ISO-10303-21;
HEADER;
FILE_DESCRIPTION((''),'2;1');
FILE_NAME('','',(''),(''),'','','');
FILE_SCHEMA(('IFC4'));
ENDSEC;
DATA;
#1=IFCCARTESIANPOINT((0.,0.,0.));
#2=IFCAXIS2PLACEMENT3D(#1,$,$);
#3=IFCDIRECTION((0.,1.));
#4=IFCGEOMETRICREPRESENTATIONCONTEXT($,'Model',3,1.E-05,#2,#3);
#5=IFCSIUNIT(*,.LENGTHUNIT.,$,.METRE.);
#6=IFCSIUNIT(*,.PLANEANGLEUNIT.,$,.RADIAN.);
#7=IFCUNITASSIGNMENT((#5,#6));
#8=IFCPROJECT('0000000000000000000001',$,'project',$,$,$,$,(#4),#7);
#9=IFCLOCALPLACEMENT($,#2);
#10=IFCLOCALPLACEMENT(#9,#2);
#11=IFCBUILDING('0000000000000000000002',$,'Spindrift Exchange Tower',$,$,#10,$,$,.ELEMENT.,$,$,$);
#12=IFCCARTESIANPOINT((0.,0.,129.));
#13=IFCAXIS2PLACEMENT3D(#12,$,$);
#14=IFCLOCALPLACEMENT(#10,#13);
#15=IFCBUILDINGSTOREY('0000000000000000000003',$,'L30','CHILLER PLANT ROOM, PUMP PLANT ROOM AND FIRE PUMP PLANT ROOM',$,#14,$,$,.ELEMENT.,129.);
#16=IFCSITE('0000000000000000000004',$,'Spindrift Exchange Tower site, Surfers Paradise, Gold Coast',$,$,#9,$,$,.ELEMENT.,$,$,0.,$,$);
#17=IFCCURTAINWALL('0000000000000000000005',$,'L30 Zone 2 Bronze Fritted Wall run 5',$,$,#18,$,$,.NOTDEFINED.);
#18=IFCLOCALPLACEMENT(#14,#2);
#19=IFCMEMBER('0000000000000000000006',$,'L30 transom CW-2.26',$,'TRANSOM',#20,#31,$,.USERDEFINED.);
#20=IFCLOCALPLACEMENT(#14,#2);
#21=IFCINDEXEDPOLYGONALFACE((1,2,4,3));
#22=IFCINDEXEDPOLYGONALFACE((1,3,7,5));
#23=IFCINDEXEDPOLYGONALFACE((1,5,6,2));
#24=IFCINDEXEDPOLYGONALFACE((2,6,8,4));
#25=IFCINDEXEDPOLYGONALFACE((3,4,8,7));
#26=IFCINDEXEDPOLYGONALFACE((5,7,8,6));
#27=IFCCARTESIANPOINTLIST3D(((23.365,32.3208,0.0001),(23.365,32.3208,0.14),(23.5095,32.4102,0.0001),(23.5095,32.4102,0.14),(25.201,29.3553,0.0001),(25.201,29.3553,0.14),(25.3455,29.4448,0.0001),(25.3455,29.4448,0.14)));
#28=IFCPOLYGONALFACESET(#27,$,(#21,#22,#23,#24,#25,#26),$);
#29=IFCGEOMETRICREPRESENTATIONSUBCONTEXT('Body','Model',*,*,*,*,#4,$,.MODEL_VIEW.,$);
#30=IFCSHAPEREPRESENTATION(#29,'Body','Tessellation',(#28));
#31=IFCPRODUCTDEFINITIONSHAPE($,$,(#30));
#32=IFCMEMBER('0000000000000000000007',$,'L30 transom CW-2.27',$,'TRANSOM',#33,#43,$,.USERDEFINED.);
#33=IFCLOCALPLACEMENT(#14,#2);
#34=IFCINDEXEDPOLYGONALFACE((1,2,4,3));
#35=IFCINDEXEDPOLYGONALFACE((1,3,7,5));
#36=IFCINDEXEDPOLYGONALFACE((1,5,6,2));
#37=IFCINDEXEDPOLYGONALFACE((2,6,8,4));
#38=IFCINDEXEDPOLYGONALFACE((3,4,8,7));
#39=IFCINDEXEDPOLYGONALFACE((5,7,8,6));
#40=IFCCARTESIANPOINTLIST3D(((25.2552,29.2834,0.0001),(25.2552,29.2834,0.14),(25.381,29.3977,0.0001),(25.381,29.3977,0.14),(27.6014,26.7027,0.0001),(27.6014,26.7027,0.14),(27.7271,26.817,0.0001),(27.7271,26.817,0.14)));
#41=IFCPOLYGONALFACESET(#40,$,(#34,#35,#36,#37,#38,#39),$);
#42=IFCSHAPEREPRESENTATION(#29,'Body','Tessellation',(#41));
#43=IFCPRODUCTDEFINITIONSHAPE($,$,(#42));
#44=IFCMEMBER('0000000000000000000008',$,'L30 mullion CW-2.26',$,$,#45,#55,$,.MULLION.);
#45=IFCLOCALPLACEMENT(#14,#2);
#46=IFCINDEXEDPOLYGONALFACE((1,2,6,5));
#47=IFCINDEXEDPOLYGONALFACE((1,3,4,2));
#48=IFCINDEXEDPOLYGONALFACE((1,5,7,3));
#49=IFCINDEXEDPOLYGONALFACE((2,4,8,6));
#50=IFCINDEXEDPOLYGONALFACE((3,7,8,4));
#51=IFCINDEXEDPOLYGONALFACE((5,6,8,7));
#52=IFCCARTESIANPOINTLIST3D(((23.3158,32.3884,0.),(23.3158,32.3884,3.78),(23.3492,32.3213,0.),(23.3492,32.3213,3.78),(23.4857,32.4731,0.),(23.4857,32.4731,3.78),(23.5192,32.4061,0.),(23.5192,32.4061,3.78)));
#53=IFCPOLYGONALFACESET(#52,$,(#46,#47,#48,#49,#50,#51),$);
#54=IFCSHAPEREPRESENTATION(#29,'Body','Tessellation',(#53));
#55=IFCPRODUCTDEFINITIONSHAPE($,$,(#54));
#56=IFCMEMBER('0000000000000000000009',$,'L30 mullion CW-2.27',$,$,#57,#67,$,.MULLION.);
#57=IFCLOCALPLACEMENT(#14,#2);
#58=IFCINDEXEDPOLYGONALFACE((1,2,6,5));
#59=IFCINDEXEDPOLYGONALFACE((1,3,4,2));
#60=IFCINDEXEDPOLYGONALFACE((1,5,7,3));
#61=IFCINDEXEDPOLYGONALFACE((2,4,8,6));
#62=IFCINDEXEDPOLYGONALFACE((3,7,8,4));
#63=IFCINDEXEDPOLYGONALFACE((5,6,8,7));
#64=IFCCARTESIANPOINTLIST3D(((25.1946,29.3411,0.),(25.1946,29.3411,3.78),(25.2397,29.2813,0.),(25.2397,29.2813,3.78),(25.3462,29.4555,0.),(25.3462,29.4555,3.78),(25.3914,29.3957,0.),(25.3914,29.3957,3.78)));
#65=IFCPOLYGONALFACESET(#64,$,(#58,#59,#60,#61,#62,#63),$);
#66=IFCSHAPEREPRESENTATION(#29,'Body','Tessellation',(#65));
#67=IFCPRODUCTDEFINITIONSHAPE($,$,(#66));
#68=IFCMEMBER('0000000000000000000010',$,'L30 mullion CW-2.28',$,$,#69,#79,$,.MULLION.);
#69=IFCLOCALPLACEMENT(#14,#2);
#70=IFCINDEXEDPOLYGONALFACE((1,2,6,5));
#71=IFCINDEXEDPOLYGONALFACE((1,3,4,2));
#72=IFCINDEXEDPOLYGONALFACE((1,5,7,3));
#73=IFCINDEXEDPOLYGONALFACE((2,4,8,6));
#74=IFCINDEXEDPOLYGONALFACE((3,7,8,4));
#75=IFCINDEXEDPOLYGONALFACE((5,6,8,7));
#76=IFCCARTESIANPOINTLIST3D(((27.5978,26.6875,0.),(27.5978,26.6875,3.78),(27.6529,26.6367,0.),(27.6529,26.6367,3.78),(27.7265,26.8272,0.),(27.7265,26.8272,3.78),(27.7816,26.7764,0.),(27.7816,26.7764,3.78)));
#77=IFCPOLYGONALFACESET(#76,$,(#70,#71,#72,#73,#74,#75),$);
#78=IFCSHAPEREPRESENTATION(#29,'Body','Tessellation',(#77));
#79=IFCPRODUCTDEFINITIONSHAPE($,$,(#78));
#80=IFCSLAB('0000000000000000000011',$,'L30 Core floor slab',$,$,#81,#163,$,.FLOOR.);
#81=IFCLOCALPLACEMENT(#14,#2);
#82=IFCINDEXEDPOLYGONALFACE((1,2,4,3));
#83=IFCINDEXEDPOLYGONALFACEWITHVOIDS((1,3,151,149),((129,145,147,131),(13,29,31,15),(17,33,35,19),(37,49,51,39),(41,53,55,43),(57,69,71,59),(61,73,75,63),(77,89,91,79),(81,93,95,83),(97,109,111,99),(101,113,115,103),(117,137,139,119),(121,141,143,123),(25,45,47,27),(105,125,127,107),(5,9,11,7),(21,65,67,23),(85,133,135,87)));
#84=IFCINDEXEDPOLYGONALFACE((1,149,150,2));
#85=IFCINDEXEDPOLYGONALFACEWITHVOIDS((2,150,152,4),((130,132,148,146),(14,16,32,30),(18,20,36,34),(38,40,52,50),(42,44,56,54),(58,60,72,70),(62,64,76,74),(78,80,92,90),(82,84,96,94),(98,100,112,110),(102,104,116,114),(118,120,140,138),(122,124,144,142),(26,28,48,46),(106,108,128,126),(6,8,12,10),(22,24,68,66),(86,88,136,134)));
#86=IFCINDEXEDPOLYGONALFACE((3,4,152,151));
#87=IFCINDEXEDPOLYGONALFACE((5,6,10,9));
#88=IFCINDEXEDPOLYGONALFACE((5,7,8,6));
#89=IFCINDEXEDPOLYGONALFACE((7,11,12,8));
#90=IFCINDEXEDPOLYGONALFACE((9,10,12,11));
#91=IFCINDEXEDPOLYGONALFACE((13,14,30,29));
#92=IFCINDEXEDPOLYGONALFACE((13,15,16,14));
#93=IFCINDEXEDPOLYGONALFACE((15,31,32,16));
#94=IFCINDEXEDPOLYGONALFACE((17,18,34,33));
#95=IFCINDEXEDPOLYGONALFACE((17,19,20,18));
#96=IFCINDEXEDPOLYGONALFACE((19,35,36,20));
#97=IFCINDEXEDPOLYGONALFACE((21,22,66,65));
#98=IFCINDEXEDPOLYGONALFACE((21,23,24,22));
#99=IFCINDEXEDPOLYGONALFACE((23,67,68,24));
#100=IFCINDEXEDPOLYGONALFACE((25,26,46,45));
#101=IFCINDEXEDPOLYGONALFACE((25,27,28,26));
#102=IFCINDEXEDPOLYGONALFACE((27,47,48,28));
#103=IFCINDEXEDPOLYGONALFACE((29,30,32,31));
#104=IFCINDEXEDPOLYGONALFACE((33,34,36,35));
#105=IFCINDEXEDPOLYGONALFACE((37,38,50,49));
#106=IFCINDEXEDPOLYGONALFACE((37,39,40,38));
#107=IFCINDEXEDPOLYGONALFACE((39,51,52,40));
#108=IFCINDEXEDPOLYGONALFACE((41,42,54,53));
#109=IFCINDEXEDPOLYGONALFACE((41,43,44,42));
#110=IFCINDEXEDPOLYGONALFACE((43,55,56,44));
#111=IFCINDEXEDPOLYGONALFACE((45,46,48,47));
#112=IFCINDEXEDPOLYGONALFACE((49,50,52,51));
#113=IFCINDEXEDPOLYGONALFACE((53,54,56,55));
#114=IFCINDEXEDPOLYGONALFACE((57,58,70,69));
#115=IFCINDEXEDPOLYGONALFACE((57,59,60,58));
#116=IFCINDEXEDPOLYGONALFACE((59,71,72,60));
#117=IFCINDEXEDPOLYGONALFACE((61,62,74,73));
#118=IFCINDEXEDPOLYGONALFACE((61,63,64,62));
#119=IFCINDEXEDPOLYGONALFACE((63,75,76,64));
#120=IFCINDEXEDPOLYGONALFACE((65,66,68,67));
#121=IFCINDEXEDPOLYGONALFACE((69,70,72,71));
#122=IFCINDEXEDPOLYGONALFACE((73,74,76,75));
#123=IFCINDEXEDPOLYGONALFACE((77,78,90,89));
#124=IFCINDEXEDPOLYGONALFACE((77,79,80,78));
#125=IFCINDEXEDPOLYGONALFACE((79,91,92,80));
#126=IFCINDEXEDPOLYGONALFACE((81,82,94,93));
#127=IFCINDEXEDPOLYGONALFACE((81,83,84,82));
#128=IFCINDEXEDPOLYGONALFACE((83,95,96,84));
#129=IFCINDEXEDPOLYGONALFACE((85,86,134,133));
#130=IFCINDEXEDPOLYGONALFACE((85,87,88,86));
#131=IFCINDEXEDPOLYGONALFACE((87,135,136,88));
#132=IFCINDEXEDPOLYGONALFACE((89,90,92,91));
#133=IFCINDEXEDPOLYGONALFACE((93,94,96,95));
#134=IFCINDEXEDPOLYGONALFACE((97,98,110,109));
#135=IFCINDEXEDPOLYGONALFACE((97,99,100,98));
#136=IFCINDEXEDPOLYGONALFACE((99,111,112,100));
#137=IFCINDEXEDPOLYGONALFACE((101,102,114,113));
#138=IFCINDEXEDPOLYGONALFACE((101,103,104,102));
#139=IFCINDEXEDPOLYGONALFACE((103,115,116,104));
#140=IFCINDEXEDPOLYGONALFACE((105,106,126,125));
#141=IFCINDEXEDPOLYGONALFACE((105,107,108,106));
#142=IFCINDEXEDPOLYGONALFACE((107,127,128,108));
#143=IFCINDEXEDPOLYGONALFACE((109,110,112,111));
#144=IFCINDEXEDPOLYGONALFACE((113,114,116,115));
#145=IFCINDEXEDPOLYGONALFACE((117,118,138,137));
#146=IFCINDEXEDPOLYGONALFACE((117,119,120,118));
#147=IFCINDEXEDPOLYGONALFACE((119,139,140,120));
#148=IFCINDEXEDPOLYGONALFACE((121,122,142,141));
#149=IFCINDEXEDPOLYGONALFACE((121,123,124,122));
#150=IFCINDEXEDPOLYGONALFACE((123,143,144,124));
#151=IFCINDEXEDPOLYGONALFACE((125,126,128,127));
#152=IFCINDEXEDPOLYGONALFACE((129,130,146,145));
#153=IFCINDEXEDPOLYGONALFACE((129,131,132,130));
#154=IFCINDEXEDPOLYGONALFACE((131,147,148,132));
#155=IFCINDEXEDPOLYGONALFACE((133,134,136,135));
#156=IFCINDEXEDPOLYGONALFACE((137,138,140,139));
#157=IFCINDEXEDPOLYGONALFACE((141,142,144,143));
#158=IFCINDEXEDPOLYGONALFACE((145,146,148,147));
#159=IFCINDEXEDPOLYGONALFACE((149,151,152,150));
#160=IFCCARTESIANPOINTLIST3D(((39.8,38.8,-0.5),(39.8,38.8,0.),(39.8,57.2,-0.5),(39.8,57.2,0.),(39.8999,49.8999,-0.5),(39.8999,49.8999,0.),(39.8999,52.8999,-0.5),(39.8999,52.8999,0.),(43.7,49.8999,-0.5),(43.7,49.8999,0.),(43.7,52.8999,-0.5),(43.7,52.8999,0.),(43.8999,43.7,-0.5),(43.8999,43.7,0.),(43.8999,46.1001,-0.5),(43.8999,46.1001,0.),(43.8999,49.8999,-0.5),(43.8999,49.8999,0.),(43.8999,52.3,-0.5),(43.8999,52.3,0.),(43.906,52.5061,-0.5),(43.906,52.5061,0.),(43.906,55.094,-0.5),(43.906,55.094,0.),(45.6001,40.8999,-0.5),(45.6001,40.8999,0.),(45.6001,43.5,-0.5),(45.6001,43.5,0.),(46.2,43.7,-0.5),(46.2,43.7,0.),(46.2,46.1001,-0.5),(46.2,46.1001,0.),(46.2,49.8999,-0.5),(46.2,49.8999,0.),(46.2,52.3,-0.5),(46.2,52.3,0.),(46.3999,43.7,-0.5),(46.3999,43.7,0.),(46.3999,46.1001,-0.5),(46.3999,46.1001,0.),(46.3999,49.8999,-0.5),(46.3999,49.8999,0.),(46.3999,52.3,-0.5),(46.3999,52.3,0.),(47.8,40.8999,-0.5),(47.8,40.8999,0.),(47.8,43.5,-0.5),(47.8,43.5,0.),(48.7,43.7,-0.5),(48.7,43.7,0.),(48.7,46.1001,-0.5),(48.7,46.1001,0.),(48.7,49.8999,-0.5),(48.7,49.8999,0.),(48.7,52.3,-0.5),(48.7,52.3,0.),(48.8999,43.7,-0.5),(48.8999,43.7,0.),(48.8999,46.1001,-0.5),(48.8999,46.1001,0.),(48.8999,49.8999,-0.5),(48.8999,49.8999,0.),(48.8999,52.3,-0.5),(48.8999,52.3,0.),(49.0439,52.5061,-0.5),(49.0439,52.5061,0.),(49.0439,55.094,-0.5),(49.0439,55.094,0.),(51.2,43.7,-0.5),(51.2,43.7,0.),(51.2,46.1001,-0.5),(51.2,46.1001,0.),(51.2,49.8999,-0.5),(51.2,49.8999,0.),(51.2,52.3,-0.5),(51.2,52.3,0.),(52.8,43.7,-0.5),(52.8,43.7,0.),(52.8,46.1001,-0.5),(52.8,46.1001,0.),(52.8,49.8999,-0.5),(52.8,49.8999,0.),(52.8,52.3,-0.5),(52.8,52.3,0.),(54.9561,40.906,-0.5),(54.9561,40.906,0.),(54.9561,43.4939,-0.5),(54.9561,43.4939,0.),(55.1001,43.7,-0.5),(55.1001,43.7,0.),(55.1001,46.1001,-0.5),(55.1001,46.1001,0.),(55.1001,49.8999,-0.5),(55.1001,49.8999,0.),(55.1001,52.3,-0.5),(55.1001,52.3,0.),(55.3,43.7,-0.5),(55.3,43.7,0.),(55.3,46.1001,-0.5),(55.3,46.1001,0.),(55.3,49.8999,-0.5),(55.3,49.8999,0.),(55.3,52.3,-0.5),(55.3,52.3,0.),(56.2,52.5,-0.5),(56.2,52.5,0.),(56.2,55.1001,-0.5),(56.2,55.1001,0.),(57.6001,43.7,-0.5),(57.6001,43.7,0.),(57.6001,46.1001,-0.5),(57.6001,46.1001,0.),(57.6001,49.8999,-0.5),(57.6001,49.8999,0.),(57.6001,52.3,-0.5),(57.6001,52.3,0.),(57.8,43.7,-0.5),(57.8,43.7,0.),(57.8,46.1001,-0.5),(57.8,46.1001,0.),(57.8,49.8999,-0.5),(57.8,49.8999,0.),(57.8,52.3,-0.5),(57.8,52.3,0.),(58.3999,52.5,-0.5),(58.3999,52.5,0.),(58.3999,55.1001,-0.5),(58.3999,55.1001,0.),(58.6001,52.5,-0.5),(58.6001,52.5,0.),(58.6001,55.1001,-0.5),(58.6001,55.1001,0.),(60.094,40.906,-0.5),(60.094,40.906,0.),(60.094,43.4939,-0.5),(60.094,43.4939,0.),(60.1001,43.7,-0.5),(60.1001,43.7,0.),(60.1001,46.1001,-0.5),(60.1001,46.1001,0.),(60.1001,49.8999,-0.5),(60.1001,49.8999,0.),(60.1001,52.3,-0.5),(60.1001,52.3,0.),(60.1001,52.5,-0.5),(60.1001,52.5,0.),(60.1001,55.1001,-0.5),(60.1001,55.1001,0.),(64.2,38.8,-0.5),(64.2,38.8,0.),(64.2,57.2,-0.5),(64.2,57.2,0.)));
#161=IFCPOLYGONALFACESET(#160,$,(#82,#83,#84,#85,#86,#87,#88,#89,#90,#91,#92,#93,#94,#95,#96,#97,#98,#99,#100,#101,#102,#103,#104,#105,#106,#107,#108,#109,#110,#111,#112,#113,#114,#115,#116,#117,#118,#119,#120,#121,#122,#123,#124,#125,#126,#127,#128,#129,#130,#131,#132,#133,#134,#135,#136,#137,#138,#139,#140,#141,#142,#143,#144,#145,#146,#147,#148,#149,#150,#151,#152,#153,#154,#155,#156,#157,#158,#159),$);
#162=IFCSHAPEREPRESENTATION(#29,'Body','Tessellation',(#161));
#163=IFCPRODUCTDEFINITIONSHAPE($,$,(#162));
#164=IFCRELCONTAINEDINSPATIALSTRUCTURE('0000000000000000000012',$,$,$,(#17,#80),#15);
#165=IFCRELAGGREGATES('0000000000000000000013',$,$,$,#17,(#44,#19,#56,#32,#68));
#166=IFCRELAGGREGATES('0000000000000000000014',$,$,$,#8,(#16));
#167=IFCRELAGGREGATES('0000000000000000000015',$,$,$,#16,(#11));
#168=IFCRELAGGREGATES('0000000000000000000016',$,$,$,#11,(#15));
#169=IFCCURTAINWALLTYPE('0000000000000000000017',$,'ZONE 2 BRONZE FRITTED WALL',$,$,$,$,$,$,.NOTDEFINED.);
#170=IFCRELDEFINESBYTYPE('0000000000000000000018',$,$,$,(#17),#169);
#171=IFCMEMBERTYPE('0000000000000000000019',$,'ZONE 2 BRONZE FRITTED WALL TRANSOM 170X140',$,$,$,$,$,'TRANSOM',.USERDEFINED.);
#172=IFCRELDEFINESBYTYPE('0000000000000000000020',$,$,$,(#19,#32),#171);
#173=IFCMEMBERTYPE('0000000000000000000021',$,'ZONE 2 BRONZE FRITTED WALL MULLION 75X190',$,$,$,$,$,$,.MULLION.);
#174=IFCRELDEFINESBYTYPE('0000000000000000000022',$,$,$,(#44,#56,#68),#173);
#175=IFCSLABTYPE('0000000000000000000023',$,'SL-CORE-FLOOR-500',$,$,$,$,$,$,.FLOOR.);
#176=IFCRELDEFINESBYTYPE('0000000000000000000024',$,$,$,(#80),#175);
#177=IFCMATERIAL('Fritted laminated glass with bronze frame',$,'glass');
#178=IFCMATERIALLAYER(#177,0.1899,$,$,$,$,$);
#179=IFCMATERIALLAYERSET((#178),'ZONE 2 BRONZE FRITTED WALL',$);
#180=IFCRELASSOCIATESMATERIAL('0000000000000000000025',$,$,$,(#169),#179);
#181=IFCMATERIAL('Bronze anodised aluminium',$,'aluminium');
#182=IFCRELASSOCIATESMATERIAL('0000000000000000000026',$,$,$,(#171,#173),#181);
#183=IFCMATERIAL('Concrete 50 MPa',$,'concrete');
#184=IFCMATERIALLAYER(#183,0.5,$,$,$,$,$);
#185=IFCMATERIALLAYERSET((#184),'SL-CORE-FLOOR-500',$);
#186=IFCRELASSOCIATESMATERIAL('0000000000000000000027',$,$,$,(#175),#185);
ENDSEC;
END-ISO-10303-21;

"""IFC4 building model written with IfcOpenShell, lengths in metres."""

from ifc_helpers import new_model, si_unit, direction, frame, origin, origin_2d, place, context, subcontext, project, spatial, line, indexed_curve, rectangle, outline, extrude, source, transform, mapped, material, layer, layer_set, material_profile, profile_set, type_object, element, aggregate, save


model = new_model("IFC4")

# Units and contexts
model_context = context("Model", 3, precision=1e-05, world=origin(), true_north=direction((0.0, 1.0)))
body_context = subcontext(model_context, "Body", "Model", "MODEL_VIEW")
ifc_project = project(units=[si_unit("LENGTHUNIT", "METRE"), si_unit("PLANEANGLEUNIT", "RADIAN")], contexts=[model_context])

# Site, building, storey
site_placement = place(None, origin())
site = spatial("IfcSite", under=ifc_project, at=site_placement, Name="Spindrift Exchange Tower site, Surfers Paradise, Gold Coast", CompositionType="ELEMENT", RefElevation=0.0)
building_placement = place(site_placement, origin())
building = spatial("IfcBuilding", under=site, at=building_placement, Name="Spindrift Exchange Tower", CompositionType="ELEMENT")
storey_placement = place(building_placement, frame((0.0, 0.0, 129.0)))
storey = spatial("IfcBuildingStorey", under=building, at=storey_placement, Name="L30", Description="CHILLER PLANT ROOM, PUMP PLANT ROOM AND FIRE PUMP PLANT ROOM", CompositionType="ELEMENT", Elevation=129.0)

# Curtain wall, members
ifc_material_1 = material(Name="Fritted laminated glass with bronze frame", Category="glass")
ifc_layer_1 = layer(ifc_material_1, 0.1899)
ifc_layer_set_1 = layer_set([ifc_layer_1], Name="ZONE 2 BRONZE FRITTED WALL")
curtain_wall_type = type_object("IfcCurtainWallType", Name="ZONE 2 BRONZE FRITTED WALL", PredefinedType="NOTDEFINED", material=ifc_layer_set_1)
curtain_wall_placement = place(storey_placement, origin())
curtain_wall = element("IfcCurtainWall", 1, at=curtain_wall_placement, inside=storey, type_object=curtain_wall_type, Name="L30 Zone 2 Bronze Fritted Wall run 5", PredefinedType="NOTDEFINED")
ifc_material_2 = material(Name="Bronze anodised aluminium", Category="aluminium")
ifc_material_profile_1 = material_profile(ifc_material_2, rectangle(XDim=0.1699, YDim=0.1399, at=origin_2d()), Name="ZONE 2 BRONZE FRITTED WALL TRANSOM 170X140")
ifc_profile_set_1 = profile_set([ifc_material_profile_1], Name="Bronze anodised aluminium")
member_type_1 = type_object("IfcMemberType", Name="ZONE 2 BRONZE FRITTED WALL TRANSOM 170X140", ElementType="TRANSOM", PredefinedType="USERDEFINED", material=ifc_profile_set_1)
shared_shape_1 = source(origin(), body_context, "Body", "SweptSolid", [
    extrude(rectangle(XDim=0.1699, YDim=0.1399, at=origin_2d()), origin(), (0.0, 0.0, 1.0), 3.4878),
])
member_1_placement = place(storey_placement, frame((23.4373, 32.3655, 0.0701), z_axis=(0.526408, -0.850232, 0.0), x_axis=(0.850232, 0.526408, 0.0)))
member_1 = element("IfcMember", 2, at=member_1_placement, type_object=member_type_1, Name="L30 transom CW-2.26", ObjectType="TRANSOM", PredefinedType="USERDEFINED", context=body_context, shape_type="MappedRepresentation", body=[
    mapped(shared_shape_1, transform((0.0, 0.0, 0.0), scale=1.0)),
])
member_2_placement = place(storey_placement, frame((25.3181, 29.3406, 0.0701), z_axis=(0.672673, -0.73994, 0.0), x_axis=(0.73994, 0.672673, 0.0)))
member_2 = element("IfcMember", 3, at=member_2_placement, type_object=member_type_1, Name="L30 transom CW-2.27", ObjectType="TRANSOM", PredefinedType="USERDEFINED", context=body_context, shape_type="MappedRepresentation", body=[
    mapped(shared_shape_1, transform((0.0, 0.0, 0.0), scale=1.0)),
])
ifc_material_profile_2 = material_profile(ifc_material_2, rectangle(XDim=0.075, YDim=0.1899, at=origin_2d()), Name="ZONE 2 BRONZE FRITTED WALL MULLION 75X190")
ifc_profile_set_2 = profile_set([ifc_material_profile_2], Name="Bronze anodised aluminium")
member_type_2 = type_object("IfcMemberType", Name="ZONE 2 BRONZE FRITTED WALL MULLION 75X190", PredefinedType="MULLION", material=ifc_profile_set_2)
shared_shape_2 = source(origin(), body_context, "Body", "SweptSolid", [
    extrude(rectangle(XDim=0.075, YDim=0.1899, at=origin_2d()), origin(), (0.0, 0.0, 1.0), 3.78),
])
member_3_placement = place(storey_placement, frame((23.4175, 32.3972, 0.0), z_axis=(0.0, 0.0, 1.0), x_axis=(0.446376, -0.894846, 0.0)))
member_3 = element("IfcMember", 4, at=member_3_placement, type_object=member_type_2, Name="L30 mullion CW-2.26", PredefinedType="MULLION", context=body_context, shape_type="MappedRepresentation", body=[
    mapped(shared_shape_2, transform((0.0, 0.0, 0.0), scale=1.0)),
])
member_4_placement = place(storey_placement, frame((25.293, 29.3684, 0.0), z_axis=(0.0, 0.0, 1.0), x_axis=(0.602084, -0.798433, 0.0)))
member_4 = element("IfcMember", 5, at=member_4_placement, type_object=member_type_2, Name="L30 mullion CW-2.27", PredefinedType="MULLION", context=body_context, shape_type="MappedRepresentation", body=[
    mapped(shared_shape_2, transform((0.0, 0.0, 0.0), scale=1.0)),
])
member_5_placement = place(storey_placement, frame((27.6897, 26.7319, 0.0), z_axis=(0.0, 0.0, 1.0), x_axis=(0.735203, -0.677847, 0.0)))
member_5 = element("IfcMember", 6, at=member_5_placement, type_object=member_type_2, Name="L30 mullion CW-2.28", PredefinedType="MULLION", context=body_context, shape_type="MappedRepresentation", body=[
    mapped(shared_shape_2, transform((0.0, 0.0, 0.0), scale=1.0)),
])

# Slab
ifc_material_3 = material(Name="Concrete 50 MPa", Category="concrete")
ifc_layer_2 = layer(ifc_material_3, 0.5)
ifc_layer_set_2 = layer_set([ifc_layer_2], Name="SL-CORE-FLOOR-500")
slab_type_1 = type_object("IfcSlabType", Name="SL-CORE-FLOOR-500", PredefinedType="FLOOR", material=ifc_layer_set_2)
slab_1_placement = place(storey_placement, frame((0.0, 0.0, -0.5)))
element("IfcSlab", 7, at=slab_1_placement, inside=storey, type_object=slab_type_1, Name="L30 Core floor slab", PredefinedType="FLOOR", context=body_context, shape_type="SweptSolid", body=[
    extrude(outline(indexed_curve([(39.8, 38.8), (39.8, 57.2), (64.2, 57.2), (64.2, 38.8)], segments=[line(1, 2, 3, 4, 1)], self_intersect=False), holes=[indexed_curve([(47.8, 43.5), (45.6001, 43.5), (45.6001, 40.8999), (47.8, 40.8999)], segments=[line(1, 2, 3, 4, 1)], self_intersect=False), indexed_curve([(46.2, 46.1001), (43.8999, 46.1001), (43.8999, 43.7), (46.2, 43.7)], segments=[line(1, 2, 3, 4, 1)], self_intersect=False), indexed_curve([(48.7, 46.1001), (46.3999, 46.1001), (46.3999, 43.7), (48.7, 43.7)], segments=[line(1, 2, 3, 4, 1)], self_intersect=False), indexed_curve([(51.2, 46.1001), (48.8999, 46.1001), (48.8999, 43.7), (51.2, 43.7)], segments=[line(1, 2, 3, 4, 1)], self_intersect=False), indexed_curve([(46.2, 52.3), (43.8999, 52.3), (43.8999, 49.8999), (46.2, 49.8999)], segments=[line(1, 2, 3, 4, 1)], self_intersect=False), indexed_curve([(48.7, 52.3), (46.3999, 52.3), (46.3999, 49.8999), (48.7, 49.8999)], segments=[line(1, 2, 3, 4, 1)], self_intersect=False), indexed_curve([(51.2, 52.3), (48.8999, 52.3), (48.8999, 49.8999), (51.2, 49.8999)], segments=[line(1, 2, 3, 4, 1)], self_intersect=False), indexed_curve([(43.7, 49.8999), (43.7, 52.8999), (39.8999, 52.8999), (39.8999, 49.8999)], segments=[line(1, 2, 3, 4, 1)], self_intersect=False), indexed_curve([(49.0439, 55.094), (43.906, 55.094), (43.906, 52.5061), (49.0439, 52.5061)], segments=[line(1, 2, 3, 4, 1)], self_intersect=False), indexed_curve([(60.094, 40.906), (60.094, 43.4939), (54.9561, 43.4939), (54.9561, 40.906)], segments=[line(1, 2, 3, 4, 1)], self_intersect=False), indexed_curve([(55.1001, 46.1001), (52.8, 46.1001), (52.8, 43.7), (55.1001, 43.7)], segments=[line(1, 2, 3, 4, 1)], self_intersect=False), indexed_curve([(57.6001, 46.1001), (55.3, 46.1001), (55.3, 43.7), (57.6001, 43.7)], segments=[line(1, 2, 3, 4, 1)], self_intersect=False), indexed_curve([(60.1001, 46.1001), (57.8, 46.1001), (57.8, 43.7), (60.1001, 43.7)], segments=[line(1, 2, 3, 4, 1)], self_intersect=False), indexed_curve([(55.1001, 52.3), (52.8, 52.3), (52.8, 49.8999), (55.1001, 49.8999)], segments=[line(1, 2, 3, 4, 1)], self_intersect=False), indexed_curve([(57.6001, 52.3), (55.3, 52.3), (55.3, 49.8999), (57.6001, 49.8999)], segments=[line(1, 2, 3, 4, 1)], self_intersect=False), indexed_curve([(60.1001, 52.3), (57.8, 52.3), (57.8, 49.8999), (60.1001, 49.8999)], segments=[line(1, 2, 3, 4, 1)], self_intersect=False), indexed_curve([(58.3999, 52.5), (58.3999, 55.1001), (56.2, 55.1001), (56.2, 52.5)], segments=[line(1, 2, 3, 4, 1)], self_intersect=False), indexed_curve([(60.1001, 52.5), (60.1001, 55.1001), (58.6001, 55.1001), (58.6001, 52.5)], segments=[line(1, 2, 3, 4, 1)], self_intersect=False)]), origin(), (0.0, 0.0, 1.0), 0.5),
])

aggregate(curtain_wall, [member_3, member_1, member_4, member_2, member_5])

save(model, "model.ifc")
